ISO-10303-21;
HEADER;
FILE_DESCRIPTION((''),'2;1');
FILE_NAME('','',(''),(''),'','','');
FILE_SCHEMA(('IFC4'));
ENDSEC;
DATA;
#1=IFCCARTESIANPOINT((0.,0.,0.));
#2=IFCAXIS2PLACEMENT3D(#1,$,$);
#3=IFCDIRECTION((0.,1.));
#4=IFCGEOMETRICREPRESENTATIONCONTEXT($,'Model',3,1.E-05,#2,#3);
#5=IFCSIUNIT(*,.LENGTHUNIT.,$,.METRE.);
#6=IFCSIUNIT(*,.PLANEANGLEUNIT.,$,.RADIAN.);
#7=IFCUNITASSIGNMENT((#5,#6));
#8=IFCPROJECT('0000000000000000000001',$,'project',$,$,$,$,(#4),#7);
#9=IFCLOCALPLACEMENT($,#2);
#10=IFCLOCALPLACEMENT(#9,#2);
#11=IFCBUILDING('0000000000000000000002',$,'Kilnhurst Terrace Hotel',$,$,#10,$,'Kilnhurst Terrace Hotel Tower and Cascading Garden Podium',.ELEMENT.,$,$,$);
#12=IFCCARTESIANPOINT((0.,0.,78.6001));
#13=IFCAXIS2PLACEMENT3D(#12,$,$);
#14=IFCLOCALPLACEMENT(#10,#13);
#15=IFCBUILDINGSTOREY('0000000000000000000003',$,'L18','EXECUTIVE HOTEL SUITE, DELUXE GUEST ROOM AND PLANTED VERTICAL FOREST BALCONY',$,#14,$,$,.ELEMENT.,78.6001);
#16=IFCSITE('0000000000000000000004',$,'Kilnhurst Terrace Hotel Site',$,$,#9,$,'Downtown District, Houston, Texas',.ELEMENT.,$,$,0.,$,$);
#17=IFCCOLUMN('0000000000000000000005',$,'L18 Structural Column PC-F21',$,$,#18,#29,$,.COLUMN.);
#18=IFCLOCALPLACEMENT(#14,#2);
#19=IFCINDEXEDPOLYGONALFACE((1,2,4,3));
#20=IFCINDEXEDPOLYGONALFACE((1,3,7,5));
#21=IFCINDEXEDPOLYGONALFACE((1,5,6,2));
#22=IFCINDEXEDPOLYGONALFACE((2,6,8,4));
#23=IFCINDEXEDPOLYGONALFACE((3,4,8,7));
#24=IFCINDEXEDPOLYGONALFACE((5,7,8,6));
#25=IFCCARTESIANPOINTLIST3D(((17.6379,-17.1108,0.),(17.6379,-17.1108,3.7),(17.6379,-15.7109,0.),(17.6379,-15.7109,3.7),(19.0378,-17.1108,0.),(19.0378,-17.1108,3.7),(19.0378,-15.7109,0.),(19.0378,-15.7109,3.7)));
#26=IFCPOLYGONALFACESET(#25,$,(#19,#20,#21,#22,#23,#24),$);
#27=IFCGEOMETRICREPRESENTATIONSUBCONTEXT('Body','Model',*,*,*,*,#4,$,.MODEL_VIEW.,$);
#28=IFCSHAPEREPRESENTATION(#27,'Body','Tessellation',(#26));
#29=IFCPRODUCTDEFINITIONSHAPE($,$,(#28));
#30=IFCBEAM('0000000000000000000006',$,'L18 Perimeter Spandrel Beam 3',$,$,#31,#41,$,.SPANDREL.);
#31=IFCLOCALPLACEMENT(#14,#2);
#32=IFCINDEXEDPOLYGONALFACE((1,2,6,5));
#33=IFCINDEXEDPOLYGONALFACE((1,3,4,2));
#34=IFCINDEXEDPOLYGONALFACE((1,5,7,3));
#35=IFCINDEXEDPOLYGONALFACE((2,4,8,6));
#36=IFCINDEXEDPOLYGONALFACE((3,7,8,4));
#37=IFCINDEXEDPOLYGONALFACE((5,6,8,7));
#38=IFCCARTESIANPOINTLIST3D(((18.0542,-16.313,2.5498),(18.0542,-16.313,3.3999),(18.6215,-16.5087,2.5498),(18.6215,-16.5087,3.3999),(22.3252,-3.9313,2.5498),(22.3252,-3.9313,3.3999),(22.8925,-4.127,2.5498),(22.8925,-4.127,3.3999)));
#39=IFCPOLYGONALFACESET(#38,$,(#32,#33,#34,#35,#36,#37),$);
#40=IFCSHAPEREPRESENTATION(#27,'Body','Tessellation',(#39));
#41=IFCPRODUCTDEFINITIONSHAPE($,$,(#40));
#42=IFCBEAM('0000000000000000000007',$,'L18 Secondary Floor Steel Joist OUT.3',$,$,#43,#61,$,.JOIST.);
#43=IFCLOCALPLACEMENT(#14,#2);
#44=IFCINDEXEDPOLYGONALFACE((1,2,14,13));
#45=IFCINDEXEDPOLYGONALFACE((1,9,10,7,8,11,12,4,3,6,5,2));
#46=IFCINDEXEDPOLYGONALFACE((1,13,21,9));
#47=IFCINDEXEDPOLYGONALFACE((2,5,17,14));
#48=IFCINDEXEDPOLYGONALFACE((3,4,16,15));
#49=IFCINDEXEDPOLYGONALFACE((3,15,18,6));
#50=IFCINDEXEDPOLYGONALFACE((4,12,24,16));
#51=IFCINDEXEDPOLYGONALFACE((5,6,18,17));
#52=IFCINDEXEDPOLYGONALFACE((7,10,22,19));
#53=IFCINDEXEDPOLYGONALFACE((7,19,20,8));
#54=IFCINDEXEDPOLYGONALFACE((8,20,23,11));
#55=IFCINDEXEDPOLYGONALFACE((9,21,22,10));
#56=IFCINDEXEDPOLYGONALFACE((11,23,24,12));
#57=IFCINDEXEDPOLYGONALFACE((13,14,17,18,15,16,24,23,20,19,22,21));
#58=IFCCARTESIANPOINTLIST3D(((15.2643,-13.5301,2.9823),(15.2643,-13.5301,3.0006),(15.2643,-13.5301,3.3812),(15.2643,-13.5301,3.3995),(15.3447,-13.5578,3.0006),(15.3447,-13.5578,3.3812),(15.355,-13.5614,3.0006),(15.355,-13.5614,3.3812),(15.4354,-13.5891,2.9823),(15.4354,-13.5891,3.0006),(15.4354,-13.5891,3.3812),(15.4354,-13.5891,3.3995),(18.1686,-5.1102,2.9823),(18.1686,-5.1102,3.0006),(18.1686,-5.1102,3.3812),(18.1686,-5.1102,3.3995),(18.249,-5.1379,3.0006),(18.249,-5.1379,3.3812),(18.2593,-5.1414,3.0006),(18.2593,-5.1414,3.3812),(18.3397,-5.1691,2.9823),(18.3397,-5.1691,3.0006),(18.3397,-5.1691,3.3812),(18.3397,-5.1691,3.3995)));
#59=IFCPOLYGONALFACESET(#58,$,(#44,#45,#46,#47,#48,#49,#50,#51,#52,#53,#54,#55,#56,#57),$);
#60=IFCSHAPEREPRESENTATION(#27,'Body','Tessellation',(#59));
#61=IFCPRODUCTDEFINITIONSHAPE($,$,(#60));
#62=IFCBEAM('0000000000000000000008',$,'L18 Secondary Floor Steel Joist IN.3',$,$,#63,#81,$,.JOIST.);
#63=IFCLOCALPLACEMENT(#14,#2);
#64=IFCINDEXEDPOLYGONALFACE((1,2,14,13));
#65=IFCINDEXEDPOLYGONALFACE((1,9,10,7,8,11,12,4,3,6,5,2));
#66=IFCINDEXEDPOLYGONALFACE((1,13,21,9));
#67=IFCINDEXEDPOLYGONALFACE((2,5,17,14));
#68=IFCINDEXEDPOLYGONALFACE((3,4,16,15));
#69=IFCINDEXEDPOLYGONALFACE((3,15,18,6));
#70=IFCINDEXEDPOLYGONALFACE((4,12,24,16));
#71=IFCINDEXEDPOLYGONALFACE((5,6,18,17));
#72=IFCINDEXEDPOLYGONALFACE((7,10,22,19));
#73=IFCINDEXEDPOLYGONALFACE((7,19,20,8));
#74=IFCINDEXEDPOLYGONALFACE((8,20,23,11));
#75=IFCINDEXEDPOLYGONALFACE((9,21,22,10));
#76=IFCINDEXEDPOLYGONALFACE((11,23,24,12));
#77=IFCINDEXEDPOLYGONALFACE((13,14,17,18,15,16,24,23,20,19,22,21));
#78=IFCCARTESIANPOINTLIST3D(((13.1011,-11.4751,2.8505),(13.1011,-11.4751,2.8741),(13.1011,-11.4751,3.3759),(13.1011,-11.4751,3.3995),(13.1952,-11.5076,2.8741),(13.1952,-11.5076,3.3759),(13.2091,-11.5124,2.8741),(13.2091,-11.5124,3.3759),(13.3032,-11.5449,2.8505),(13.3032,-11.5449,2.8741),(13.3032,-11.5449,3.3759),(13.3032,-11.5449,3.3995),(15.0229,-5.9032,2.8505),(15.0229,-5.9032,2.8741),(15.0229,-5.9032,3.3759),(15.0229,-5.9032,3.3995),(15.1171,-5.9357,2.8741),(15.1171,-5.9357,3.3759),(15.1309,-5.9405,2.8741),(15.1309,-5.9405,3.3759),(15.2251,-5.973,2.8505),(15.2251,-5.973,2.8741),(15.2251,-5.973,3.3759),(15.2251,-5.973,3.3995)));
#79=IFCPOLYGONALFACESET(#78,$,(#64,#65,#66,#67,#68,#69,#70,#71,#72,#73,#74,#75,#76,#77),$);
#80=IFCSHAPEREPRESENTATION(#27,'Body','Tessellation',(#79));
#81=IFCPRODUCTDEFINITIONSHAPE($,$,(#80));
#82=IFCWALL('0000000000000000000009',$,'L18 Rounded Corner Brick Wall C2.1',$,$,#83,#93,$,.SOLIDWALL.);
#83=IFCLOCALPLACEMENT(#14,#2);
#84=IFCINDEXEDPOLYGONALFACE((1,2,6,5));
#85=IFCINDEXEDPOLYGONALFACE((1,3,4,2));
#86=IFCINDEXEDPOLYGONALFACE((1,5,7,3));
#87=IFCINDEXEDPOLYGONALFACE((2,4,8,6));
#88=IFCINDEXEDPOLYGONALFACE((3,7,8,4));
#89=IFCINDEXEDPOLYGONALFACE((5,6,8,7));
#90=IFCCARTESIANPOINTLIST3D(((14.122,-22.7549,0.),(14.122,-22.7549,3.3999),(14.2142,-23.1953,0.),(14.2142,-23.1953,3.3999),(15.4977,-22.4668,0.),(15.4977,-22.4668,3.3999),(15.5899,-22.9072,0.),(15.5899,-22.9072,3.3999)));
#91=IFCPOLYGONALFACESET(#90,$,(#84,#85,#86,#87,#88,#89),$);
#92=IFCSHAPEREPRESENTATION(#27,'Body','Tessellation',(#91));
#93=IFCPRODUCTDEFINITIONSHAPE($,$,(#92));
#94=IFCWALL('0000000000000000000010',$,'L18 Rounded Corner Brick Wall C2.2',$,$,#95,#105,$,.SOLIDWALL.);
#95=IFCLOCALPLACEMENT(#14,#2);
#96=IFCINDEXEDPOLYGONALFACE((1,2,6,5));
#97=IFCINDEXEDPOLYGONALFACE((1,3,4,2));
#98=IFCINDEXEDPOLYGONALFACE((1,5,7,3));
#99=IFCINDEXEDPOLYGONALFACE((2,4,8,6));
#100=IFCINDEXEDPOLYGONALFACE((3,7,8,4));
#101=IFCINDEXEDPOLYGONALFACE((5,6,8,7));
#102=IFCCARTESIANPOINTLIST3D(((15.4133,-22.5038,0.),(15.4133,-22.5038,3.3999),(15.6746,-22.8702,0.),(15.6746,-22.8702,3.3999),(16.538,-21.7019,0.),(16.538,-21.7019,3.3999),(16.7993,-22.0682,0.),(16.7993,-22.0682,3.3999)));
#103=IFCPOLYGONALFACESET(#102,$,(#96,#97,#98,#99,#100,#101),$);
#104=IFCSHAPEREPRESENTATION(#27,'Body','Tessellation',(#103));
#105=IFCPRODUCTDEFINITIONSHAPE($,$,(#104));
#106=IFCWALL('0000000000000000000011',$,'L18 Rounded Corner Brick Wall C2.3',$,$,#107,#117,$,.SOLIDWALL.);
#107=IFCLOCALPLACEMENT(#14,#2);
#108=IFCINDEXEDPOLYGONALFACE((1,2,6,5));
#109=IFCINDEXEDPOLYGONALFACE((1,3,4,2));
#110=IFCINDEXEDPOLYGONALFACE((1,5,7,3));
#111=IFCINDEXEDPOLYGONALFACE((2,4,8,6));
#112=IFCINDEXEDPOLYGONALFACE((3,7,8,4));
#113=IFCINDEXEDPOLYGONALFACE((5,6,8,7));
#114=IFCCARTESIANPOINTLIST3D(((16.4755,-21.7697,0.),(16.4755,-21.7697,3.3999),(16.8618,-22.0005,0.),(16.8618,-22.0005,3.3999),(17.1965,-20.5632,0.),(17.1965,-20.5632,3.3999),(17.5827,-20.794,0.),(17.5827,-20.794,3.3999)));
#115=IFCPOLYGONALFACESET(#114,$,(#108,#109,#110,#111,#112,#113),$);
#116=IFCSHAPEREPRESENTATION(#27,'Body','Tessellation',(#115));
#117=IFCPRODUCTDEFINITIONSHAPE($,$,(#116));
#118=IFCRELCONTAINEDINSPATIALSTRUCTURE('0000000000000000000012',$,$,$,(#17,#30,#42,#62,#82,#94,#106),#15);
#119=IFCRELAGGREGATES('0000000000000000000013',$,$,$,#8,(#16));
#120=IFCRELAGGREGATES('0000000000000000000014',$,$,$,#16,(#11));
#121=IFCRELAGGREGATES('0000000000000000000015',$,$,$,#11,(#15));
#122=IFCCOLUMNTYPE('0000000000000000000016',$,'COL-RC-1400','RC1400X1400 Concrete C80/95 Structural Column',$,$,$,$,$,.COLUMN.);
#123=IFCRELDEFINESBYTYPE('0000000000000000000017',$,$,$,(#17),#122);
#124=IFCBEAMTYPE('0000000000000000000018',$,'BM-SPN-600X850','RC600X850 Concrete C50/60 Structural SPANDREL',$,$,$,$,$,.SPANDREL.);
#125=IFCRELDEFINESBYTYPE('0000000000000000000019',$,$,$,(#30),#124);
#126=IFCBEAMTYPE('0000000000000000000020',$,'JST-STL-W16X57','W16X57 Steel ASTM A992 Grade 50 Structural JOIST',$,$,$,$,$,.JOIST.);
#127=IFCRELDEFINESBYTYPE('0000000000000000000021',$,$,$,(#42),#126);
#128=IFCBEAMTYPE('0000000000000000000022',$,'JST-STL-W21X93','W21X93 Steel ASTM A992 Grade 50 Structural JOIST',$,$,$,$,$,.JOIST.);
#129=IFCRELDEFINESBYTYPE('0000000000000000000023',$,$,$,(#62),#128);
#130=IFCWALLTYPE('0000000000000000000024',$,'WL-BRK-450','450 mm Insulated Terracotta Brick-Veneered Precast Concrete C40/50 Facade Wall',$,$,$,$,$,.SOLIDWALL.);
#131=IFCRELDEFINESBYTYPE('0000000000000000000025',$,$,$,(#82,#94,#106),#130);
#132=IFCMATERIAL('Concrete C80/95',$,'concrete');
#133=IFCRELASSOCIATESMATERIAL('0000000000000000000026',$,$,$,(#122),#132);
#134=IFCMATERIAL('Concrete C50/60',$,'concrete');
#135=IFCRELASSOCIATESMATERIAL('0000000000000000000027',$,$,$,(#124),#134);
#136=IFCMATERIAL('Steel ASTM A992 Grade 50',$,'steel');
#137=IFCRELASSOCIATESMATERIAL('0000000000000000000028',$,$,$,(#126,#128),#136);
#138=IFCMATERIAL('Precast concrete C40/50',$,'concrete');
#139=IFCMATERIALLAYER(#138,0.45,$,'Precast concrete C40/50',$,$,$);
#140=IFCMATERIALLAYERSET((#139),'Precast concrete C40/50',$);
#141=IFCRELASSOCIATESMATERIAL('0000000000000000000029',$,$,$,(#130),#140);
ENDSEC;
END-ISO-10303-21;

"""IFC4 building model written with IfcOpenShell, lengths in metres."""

from ifc_helpers import new_model, si_unit, direction, frame, frame_2d, origin, origin_2d, place, context, subcontext, project, spatial, rectangle, i_section, extrude, material, layer, layer_set, material_profile, profile_set, type_object, element, save


model = new_model("IFC4")

# Units and contexts
model_context = context("Model", 3, precision=1e-05, world=origin(), true_north=direction((0.0, 1.0)))
body_context = subcontext(model_context, "Body", "Model", "MODEL_VIEW")
ifc_project = project(units=[si_unit("LENGTHUNIT", "METRE"), si_unit("PLANEANGLEUNIT", "RADIAN")], contexts=[model_context])

# Site, building, storey
site_placement = place(None, origin())
site = spatial("IfcSite", under=ifc_project, at=site_placement, Name="Kilnhurst Terrace Hotel Site", LongName="Downtown District, Houston, Texas", CompositionType="ELEMENT", RefElevation=0.0)
building_placement = place(site_placement, origin())
building = spatial("IfcBuilding", under=site, at=building_placement, Name="Kilnhurst Terrace Hotel", LongName="Kilnhurst Terrace Hotel Tower and Cascading Garden Podium", CompositionType="ELEMENT")
storey_placement = place(building_placement, frame((0.0, 0.0, 78.6001)))
storey = spatial("IfcBuildingStorey", under=building, at=storey_placement, Name="L18", Description="EXECUTIVE HOTEL SUITE, DELUXE GUEST ROOM AND PLANTED VERTICAL FOREST BALCONY", CompositionType="ELEMENT", Elevation=78.6001)

# Column
ifc_material_1 = material(Name="Concrete C80/95", Category="concrete")
ifc_material_profile_1 = material_profile(ifc_material_1, rectangle(XDim=1.3999, YDim=1.3999, at=origin_2d()), Name="RC1400X1400")
ifc_profile_set_1 = profile_set([ifc_material_profile_1], Name="Concrete C80/95")
column_type = type_object("IfcColumnType", Name="COL-RC-1400", Description="RC1400X1400 Concrete C80/95 Structural Column", PredefinedType="COLUMN", material=ifc_profile_set_1)
column_placement = place(storey_placement, frame((18.3379, -16.4109, 0.0), z_axis=(0.0, 0.0, 1.0), x_axis=(1.0, 0.0, 0.0)))
element("IfcColumn", 1, at=column_placement, inside=storey, type_object=column_type, Name="L18 Structural Column PC-F21", PredefinedType="COLUMN", context=body_context, shape_type="SweptSolid", body=[
    extrude(rectangle(XDim=1.3999, YDim=1.3999, at=origin_2d()), origin(), (0.0, 0.0, 1.0), 3.7),
])

# Beams
ifc_material_2 = material(Name="Concrete C50/60", Category="concrete")
ifc_material_profile_2 = material_profile(ifc_material_2, rectangle(XDim=0.6001, YDim=0.8501, at=origin_2d()), Name="RC600X850")
ifc_profile_set_2 = profile_set([ifc_material_profile_2], Name="Concrete C50/60")
beam_type_1 = type_object("IfcBeamType", Name="BM-SPN-600X850", Description="RC600X850 Concrete C50/60 Structural SPANDREL", PredefinedType="SPANDREL", material=ifc_profile_set_2)
beam_1_placement = place(storey_placement, frame((18.3379, -16.4109, 2.9749), z_axis=(0.326086, 0.94534, 0.0), x_axis=(-0.94534, 0.326086, 0.0)))
element("IfcBeam", 2, at=beam_1_placement, inside=storey, type_object=beam_type_1, Name="L18 Perimeter Spandrel Beam 3", PredefinedType="SPANDREL", context=body_context, shape_type="SweptSolid", body=[
    extrude(rectangle(XDim=0.6001, YDim=0.8501, at=origin_2d()), origin(), (0.0, 0.0, 1.0), 13.0977),
])
ifc_material_3 = material(Name="Steel ASTM A992 Grade 50", Category="steel")
ifc_material_profile_3 = material_profile(ifc_material_3, i_section(OverallWidth=0.1809, OverallDepth=0.4172, WebThickness=0.011, FlangeThickness=0.0183, at=origin_2d()), Name="W16X57")
ifc_profile_set_3 = profile_set([ifc_material_profile_3], Name="Steel ASTM A992 Grade 50")
beam_type_2 = type_object("IfcBeamType", Name="JST-STL-W16X57", Description="W16X57 Steel ASTM A992 Grade 50 Structural JOIST", PredefinedType="JOIST", material=ifc_profile_set_3)
beam_2_placement = place(storey_placement, frame((15.3499, -13.5596, 3.1909), z_axis=(0.326079, 0.945343, 0.0), x_axis=(-0.945343, 0.326079, 0.0)))
element("IfcBeam", 3, at=beam_2_placement, inside=storey, type_object=beam_type_2, Name="L18 Secondary Floor Steel Joist OUT.3", PredefinedType="JOIST", context=body_context, shape_type="SweptSolid", body=[
    extrude(i_section(OverallWidth=0.1809, OverallDepth=0.4172, WebThickness=0.011, FlangeThickness=0.0183, at=origin_2d()), origin(), (0.0, 0.0, 1.0), 8.9067),
])
ifc_material_profile_4 = material_profile(ifc_material_3, i_section(OverallWidth=0.2139, OverallDepth=0.5491, WebThickness=0.0146, FlangeThickness=0.0237, at=origin_2d()), Name="W21X93")
ifc_profile_set_4 = profile_set([ifc_material_profile_4], Name="Steel ASTM A992 Grade 50")
beam_type_3 = type_object("IfcBeamType", Name="JST-STL-W21X93", Description="W21X93 Steel ASTM A992 Grade 50 Structural JOIST", PredefinedType="JOIST", material=ifc_profile_set_4)
beam_3_placement = place(storey_placement, frame((13.2021, -11.51, 3.125), z_axis=(0.326065, 0.945347, 0.0), x_axis=(-0.945347, 0.326065, 0.0)))
element("IfcBeam", 4, at=beam_3_placement, inside=storey, type_object=beam_type_3, Name="L18 Secondary Floor Steel Joist IN.3", PredefinedType="JOIST", context=body_context, shape_type="SweptSolid", body=[
    extrude(i_section(OverallWidth=0.2139, OverallDepth=0.5491, WebThickness=0.0146, FlangeThickness=0.0237, at=origin_2d()), origin(), (0.0, 0.0, 1.0), 5.894),
])

# Walls
ifc_material_4 = material(Name="Precast concrete C40/50", Category="concrete")
ifc_layer_1 = layer(ifc_material_4, 0.45, Name="Precast concrete C40/50")
ifc_layer_set_1 = layer_set([ifc_layer_1], Name="Precast concrete C40/50")
wall_type_1 = type_object("IfcWallType", Name="WL-BRK-450", Description="450 mm Insulated Terracotta Brick-Veneered Precast Concrete C40/50 Facade Wall", PredefinedType="SOLIDWALL", material=ifc_layer_set_1)
wall_1_placement = place(storey_placement, frame((14.1682, -22.9751, 0.0), z_axis=(0.0, 0.0, 1.0), x_axis=(0.97877, 0.20496, 0.0)))
element("IfcWall", 5, at=wall_1_placement, inside=storey, type_object=wall_type_1, Name="L18 Rounded Corner Brick Wall C2.1", PredefinedType="SOLIDWALL", context=body_context, shape_type="SweptSolid", body=[
    extrude(rectangle(XDim=1.4055, YDim=0.45, at=frame_2d((0.7026, 0.0))), origin(), (0.0, 0.0, 1.0), 3.3999),
])
wall_2_placement = place(storey_placement, frame((15.5439, -22.687, 0.0), z_axis=(0.0, 0.0, 1.0), x_axis=(0.814211, 0.580569, 0.0)))
element("IfcWall", 6, at=wall_2_placement, inside=storey, type_object=wall_type_1, Name="L18 Rounded Corner Brick Wall C2.2", PredefinedType="SOLIDWALL", context=body_context, shape_type="SweptSolid", body=[
    extrude(rectangle(XDim=1.3813, YDim=0.45, at=frame_2d((0.6907, 0.0))), origin(), (0.0, 0.0, 1.0), 3.3999),
])
wall_3_placement = place(storey_placement, frame((16.6687, -21.885, 0.0), z_axis=(0.0, 0.0, 1.0), x_axis=(0.512937, 0.858426, 0.0)))
element("IfcWall", 7, at=wall_3_placement, inside=storey, type_object=wall_type_1, Name="L18 Rounded Corner Brick Wall C2.3", PredefinedType="SOLIDWALL", context=body_context, shape_type="SweptSolid", body=[
    extrude(rectangle(XDim=1.4055, YDim=0.45, at=frame_2d((0.7026, 0.0))), origin(), (0.0, 0.0, 1.0), 3.3999),
])

save(model, "model.ifc")
